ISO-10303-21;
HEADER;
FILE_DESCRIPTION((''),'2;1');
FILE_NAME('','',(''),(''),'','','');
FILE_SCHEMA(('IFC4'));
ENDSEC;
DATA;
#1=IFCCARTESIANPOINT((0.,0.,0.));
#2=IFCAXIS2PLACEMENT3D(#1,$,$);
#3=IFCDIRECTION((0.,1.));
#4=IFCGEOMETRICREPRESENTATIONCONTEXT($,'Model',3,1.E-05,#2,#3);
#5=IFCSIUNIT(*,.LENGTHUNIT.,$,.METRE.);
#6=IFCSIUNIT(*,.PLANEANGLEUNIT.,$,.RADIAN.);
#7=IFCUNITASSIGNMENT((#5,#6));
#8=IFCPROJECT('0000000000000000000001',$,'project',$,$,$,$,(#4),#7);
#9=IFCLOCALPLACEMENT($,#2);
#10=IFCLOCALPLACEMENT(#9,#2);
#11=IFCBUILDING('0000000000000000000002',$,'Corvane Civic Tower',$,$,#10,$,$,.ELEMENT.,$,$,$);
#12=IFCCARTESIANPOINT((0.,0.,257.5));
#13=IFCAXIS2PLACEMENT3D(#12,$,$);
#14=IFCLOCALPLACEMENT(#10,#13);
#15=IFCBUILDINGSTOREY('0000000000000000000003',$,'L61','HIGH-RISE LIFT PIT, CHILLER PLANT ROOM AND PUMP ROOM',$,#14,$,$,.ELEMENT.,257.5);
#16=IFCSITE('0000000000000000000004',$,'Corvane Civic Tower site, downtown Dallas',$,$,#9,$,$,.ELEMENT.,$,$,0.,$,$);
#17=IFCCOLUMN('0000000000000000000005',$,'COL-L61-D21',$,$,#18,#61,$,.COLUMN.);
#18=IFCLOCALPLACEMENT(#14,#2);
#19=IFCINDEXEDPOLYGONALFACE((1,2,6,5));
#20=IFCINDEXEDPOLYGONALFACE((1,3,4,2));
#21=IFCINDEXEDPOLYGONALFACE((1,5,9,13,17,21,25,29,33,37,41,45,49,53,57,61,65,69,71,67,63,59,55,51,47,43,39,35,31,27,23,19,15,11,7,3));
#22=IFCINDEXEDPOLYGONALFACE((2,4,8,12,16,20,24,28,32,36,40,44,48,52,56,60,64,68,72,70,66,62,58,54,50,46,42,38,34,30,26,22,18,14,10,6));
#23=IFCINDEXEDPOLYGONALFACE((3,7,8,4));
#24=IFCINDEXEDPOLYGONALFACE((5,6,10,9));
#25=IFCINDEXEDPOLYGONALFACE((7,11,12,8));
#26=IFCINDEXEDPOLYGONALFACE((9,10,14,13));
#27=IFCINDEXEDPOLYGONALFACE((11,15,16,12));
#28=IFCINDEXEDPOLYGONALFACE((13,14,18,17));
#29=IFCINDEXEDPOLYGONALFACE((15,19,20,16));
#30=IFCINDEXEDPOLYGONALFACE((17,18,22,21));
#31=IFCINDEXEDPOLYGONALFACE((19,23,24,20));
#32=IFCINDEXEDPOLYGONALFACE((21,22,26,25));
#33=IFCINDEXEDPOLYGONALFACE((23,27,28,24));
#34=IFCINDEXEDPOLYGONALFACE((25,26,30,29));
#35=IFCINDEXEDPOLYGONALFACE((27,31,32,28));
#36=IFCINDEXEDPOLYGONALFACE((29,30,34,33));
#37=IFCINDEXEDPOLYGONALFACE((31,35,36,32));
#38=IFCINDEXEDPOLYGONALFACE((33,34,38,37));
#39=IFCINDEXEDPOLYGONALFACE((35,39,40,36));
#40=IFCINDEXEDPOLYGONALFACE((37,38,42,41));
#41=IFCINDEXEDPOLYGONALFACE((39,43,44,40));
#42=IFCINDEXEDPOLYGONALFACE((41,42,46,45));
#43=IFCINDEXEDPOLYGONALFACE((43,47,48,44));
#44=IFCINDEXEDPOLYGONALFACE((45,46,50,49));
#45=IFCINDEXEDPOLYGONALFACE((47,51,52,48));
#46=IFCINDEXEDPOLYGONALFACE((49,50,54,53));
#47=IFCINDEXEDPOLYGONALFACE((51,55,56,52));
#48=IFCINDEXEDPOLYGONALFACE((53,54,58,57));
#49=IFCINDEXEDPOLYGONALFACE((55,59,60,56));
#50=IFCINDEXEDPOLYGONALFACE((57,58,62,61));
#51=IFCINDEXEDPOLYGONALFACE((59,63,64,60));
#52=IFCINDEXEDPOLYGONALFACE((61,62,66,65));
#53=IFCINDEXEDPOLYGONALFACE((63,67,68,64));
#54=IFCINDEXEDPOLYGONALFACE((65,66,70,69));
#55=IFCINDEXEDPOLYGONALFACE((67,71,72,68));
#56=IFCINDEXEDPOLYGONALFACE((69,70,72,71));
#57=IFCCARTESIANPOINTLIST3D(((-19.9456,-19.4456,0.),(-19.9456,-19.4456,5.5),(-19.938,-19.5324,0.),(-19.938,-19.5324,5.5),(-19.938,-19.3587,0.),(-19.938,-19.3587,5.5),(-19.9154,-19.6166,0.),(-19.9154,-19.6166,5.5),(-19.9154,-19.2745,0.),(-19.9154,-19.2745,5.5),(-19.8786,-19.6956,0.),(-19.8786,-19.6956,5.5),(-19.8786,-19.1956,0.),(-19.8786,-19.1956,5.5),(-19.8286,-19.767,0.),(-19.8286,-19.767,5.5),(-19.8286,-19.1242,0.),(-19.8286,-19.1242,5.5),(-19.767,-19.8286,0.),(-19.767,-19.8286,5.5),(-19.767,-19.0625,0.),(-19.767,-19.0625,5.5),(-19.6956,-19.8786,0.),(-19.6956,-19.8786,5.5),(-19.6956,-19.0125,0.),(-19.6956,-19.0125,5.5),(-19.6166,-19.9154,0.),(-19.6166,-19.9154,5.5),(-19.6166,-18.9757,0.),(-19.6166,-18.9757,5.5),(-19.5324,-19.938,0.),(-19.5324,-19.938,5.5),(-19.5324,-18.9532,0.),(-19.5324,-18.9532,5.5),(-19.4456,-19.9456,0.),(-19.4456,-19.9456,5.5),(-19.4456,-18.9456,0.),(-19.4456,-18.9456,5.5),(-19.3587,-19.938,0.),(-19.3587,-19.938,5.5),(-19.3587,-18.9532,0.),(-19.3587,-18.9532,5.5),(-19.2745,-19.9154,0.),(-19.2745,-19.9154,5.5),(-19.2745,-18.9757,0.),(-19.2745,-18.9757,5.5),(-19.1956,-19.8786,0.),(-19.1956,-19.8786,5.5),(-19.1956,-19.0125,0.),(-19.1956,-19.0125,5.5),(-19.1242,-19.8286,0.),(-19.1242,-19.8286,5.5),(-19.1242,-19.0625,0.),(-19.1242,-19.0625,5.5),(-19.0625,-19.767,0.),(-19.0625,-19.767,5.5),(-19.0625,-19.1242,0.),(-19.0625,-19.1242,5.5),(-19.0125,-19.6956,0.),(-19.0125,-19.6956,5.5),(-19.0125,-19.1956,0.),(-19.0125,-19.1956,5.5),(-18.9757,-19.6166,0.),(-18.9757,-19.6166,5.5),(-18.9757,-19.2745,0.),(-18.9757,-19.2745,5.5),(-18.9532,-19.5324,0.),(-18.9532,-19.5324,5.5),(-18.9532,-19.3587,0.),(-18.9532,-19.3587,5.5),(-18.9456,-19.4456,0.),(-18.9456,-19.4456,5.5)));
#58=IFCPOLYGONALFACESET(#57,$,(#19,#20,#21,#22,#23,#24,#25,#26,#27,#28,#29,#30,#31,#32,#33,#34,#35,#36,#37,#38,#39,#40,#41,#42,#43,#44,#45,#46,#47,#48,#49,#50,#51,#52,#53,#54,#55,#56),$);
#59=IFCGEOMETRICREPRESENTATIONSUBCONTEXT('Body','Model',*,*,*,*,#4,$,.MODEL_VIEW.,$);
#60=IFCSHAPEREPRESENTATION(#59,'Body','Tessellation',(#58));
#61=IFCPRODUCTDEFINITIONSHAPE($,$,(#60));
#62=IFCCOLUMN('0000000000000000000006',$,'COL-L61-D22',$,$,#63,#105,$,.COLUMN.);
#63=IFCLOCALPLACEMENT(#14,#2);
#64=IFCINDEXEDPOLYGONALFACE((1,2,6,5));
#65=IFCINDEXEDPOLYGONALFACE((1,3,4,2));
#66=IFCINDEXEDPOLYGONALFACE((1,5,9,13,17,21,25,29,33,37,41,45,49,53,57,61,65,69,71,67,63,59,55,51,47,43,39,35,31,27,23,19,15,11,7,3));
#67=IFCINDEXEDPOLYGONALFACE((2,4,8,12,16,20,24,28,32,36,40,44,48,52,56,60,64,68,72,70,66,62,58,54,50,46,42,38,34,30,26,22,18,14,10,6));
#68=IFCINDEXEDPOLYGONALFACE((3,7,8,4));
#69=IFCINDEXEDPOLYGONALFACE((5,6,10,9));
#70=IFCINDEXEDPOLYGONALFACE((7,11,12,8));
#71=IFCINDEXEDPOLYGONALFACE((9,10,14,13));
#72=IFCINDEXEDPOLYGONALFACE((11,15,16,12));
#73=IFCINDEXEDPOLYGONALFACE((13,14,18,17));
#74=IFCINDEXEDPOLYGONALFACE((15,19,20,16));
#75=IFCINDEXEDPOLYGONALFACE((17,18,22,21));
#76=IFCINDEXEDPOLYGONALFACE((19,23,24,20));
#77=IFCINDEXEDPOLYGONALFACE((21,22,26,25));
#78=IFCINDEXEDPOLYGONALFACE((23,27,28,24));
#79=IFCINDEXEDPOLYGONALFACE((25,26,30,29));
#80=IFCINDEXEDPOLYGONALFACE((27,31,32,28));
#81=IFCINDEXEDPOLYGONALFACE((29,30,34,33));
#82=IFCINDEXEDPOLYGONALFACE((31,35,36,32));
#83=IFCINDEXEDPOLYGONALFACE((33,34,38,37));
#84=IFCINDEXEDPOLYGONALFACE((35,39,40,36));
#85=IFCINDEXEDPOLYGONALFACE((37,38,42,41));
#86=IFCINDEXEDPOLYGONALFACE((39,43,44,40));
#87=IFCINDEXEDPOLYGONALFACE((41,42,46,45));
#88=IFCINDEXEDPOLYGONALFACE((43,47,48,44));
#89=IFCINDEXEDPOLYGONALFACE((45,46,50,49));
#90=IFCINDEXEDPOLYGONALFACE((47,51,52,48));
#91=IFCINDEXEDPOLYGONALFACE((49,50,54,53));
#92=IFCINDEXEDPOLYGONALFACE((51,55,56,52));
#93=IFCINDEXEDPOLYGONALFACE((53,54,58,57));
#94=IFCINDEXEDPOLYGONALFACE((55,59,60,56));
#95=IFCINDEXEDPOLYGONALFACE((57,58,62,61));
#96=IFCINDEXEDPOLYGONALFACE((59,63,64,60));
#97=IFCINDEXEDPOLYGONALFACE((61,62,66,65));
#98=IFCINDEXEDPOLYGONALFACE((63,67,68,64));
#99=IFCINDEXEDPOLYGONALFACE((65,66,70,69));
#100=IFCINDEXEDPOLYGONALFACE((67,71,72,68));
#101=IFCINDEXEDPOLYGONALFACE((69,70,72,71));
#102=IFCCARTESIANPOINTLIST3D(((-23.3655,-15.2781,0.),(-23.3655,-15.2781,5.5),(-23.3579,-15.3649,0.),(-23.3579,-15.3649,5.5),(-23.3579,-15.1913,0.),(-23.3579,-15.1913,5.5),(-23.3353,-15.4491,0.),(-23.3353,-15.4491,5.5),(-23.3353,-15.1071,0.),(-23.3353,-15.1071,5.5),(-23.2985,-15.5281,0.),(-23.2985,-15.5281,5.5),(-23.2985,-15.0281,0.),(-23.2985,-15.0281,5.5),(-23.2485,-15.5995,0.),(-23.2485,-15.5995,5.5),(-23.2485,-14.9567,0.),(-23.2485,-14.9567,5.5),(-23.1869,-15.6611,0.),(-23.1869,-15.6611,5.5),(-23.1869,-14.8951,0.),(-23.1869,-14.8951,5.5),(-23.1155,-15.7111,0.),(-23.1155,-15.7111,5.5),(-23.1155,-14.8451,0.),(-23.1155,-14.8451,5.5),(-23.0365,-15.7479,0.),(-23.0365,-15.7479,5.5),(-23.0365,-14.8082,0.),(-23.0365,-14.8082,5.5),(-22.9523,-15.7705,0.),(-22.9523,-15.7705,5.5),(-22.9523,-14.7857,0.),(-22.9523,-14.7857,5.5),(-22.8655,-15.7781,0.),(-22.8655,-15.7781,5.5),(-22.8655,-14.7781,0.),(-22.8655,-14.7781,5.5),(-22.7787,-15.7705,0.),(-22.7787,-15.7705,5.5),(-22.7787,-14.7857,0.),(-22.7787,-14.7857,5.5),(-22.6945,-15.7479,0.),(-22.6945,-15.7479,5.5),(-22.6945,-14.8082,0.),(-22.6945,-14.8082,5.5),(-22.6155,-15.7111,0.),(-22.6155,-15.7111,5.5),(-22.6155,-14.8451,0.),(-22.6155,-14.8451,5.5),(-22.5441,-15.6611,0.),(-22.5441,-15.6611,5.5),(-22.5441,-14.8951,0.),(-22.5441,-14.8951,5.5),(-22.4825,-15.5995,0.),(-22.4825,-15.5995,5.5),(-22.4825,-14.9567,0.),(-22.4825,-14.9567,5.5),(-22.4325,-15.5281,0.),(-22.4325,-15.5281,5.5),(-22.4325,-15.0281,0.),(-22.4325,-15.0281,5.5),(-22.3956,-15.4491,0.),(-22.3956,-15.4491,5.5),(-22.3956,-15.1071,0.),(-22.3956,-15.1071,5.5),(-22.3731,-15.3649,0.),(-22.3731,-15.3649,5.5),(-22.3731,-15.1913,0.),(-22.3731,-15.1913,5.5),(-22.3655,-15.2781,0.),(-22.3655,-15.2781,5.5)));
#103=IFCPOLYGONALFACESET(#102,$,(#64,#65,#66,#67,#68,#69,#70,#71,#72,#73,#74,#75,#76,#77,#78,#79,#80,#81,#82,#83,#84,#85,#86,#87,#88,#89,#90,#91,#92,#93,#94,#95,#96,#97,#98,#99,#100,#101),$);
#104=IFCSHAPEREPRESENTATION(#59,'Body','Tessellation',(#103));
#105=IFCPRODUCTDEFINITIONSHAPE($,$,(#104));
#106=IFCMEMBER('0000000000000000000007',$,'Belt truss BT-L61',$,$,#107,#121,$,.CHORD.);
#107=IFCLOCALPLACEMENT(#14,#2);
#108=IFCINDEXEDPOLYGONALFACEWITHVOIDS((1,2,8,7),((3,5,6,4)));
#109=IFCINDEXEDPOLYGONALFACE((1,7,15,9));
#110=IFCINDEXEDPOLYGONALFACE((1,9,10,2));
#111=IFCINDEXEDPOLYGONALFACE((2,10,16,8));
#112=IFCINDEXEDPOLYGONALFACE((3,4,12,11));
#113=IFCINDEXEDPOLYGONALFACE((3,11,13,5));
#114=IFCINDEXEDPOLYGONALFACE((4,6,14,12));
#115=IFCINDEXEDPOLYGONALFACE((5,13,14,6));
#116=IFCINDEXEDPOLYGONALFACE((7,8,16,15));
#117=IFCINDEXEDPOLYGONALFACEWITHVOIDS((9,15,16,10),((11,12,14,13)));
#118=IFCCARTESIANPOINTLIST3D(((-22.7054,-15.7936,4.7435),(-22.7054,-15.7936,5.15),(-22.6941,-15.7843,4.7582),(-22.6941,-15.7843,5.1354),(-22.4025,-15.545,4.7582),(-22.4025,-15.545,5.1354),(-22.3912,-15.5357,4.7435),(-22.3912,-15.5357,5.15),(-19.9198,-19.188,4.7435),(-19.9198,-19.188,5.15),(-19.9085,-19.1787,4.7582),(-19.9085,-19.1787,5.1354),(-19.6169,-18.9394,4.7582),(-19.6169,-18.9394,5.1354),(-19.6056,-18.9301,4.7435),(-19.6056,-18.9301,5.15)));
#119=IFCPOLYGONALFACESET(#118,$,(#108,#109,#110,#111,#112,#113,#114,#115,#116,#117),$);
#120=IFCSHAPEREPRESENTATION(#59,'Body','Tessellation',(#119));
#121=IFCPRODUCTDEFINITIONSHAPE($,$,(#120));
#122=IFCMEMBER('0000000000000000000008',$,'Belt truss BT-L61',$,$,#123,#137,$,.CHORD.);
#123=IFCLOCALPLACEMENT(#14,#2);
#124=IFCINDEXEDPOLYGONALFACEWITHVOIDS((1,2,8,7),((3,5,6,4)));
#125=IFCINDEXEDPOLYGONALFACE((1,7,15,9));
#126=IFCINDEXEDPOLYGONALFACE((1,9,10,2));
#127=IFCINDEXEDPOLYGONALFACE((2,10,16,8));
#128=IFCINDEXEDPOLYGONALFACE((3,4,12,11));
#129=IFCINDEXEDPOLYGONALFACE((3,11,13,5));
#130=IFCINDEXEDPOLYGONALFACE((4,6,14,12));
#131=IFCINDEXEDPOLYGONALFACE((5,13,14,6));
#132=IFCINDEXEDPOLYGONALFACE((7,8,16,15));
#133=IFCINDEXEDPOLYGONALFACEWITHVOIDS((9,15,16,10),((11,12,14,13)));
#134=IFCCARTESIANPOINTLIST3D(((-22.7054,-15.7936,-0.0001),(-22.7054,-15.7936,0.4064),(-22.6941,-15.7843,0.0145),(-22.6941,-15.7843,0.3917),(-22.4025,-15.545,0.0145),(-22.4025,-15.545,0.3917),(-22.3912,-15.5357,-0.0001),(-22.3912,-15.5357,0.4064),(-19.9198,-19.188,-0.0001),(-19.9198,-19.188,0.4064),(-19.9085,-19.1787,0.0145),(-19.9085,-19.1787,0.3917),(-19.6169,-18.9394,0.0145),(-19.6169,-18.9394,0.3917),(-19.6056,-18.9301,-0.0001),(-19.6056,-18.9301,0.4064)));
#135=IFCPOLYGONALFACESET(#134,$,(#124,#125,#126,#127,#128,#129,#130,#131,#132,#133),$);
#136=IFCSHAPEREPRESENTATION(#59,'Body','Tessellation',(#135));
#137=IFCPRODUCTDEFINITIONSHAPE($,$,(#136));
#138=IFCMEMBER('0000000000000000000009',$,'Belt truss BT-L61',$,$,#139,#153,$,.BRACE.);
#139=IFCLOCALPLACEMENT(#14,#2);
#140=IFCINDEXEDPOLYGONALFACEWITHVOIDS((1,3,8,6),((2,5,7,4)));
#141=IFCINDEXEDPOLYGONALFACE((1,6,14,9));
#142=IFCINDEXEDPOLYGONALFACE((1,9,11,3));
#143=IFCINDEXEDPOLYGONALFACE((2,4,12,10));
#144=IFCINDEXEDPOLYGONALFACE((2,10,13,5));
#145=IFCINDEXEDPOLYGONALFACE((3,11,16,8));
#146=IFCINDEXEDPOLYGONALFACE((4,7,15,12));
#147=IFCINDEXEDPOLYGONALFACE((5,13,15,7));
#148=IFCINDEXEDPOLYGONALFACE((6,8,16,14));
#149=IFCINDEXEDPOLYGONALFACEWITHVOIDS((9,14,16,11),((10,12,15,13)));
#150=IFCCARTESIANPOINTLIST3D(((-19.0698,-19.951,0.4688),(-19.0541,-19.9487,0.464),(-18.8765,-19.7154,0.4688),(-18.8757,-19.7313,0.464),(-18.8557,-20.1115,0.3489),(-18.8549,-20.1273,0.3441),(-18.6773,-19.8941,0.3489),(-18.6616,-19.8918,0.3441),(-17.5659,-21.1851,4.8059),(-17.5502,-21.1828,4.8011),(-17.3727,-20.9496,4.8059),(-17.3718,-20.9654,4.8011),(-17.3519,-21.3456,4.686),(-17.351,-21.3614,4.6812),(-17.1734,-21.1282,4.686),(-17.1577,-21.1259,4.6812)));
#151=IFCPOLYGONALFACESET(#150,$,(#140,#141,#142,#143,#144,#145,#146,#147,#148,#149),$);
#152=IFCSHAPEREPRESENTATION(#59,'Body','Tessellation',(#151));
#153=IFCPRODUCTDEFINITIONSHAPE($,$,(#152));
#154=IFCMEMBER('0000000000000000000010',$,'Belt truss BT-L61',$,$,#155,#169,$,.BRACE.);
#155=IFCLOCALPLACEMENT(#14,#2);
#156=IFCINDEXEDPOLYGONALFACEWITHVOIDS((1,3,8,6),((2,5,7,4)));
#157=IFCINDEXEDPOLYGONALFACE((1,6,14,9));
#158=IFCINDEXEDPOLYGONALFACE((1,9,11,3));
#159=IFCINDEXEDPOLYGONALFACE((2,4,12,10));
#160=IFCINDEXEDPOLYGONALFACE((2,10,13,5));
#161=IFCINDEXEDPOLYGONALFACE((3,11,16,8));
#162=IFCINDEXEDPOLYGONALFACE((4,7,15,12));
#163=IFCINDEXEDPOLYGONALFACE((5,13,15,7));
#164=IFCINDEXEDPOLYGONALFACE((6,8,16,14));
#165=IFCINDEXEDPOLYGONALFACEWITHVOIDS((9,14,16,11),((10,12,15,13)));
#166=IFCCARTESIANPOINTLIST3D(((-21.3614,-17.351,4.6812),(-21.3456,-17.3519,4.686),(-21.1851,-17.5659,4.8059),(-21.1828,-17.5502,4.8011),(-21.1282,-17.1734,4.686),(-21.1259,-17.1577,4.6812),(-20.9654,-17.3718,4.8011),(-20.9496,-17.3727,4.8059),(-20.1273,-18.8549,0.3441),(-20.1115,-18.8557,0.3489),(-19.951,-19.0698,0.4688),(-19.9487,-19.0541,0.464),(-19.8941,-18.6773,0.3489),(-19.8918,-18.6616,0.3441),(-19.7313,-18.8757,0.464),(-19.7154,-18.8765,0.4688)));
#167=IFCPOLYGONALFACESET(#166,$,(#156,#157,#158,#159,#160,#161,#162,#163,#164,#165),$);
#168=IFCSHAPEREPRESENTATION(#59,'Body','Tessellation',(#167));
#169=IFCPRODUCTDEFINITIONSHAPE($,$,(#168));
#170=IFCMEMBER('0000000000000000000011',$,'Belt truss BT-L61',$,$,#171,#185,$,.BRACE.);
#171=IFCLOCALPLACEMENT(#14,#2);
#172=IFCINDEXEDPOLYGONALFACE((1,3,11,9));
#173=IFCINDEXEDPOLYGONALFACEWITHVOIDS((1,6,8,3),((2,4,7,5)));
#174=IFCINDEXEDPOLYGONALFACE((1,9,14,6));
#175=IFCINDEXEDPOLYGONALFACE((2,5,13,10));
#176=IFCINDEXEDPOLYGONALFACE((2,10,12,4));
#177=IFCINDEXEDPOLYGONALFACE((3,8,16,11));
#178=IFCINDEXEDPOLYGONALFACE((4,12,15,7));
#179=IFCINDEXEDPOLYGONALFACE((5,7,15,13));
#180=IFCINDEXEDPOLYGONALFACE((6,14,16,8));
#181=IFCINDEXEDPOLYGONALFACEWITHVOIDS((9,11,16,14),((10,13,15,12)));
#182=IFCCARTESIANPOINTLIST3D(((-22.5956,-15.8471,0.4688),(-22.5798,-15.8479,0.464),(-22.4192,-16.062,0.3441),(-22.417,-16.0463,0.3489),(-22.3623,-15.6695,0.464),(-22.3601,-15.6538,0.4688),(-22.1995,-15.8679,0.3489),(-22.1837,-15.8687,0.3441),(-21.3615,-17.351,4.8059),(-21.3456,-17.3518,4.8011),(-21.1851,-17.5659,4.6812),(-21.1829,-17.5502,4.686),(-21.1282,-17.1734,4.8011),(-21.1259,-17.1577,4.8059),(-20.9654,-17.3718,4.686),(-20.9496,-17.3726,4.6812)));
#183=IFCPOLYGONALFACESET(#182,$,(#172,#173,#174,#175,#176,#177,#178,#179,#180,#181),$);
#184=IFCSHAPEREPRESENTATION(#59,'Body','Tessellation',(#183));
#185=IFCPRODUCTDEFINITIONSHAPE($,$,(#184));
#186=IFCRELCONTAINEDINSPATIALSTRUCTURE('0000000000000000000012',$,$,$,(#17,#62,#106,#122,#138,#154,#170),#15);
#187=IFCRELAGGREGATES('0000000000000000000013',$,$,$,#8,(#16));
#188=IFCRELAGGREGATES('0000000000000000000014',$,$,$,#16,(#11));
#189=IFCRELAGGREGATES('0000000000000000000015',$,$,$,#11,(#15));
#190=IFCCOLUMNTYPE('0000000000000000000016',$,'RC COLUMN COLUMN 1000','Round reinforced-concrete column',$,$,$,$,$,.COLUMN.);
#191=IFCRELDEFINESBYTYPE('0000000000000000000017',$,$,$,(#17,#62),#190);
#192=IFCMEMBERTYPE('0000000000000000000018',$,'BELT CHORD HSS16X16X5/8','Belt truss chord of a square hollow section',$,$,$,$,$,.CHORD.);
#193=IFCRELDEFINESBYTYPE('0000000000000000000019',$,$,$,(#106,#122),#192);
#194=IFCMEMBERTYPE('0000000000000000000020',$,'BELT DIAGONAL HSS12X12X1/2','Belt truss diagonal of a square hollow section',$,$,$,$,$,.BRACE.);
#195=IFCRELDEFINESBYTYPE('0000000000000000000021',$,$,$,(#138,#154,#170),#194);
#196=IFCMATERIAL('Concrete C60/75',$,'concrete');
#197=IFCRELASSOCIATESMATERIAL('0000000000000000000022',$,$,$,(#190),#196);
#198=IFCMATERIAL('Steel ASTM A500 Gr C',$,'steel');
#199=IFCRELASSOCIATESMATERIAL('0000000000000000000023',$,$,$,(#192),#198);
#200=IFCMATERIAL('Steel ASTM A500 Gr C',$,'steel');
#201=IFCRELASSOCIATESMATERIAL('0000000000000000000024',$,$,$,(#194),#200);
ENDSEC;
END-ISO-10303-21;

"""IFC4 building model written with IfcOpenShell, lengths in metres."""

from ifc_helpers import new_model, si_unit, direction, frame, origin, origin_2d, place, context, subcontext, project, spatial, hollow_rectangle, circle, extrude, material, material_profile, profile_set, type_object, element, save


model = new_model("IFC4")

# Units and contexts
model_context = context("Model", 3, precision=1e-05, world=origin(), true_north=direction((0.0, 1.0)))
body_context = subcontext(model_context, "Body", "Model", "MODEL_VIEW")
ifc_project = project(units=[si_unit("LENGTHUNIT", "METRE"), si_unit("PLANEANGLEUNIT", "RADIAN")], contexts=[model_context])

# Site, building, storey
site_placement = place(None, origin())
site = spatial("IfcSite", under=ifc_project, at=site_placement, Name="Corvane Civic Tower site, downtown Dallas", CompositionType="ELEMENT", RefElevation=0.0)
building_placement = place(site_placement, origin())
building = spatial("IfcBuilding", under=site, at=building_placement, Name="Corvane Civic Tower", CompositionType="ELEMENT")
storey_placement = place(building_placement, frame((0.0, 0.0, 257.5)))
storey = spatial("IfcBuildingStorey", under=building, at=storey_placement, Name="L61", Description="HIGH-RISE LIFT PIT, CHILLER PLANT ROOM AND PUMP ROOM", CompositionType="ELEMENT", Elevation=257.5)

# Columns
ifc_material_1 = material(Name="Concrete C60/75", Category="concrete")
ifc_material_profile_1 = material_profile(ifc_material_1, circle(Radius=0.5, at=origin_2d()), Name="COLUMN 1000")
ifc_profile_set_1 = profile_set([ifc_material_profile_1], Name="Concrete C60/75")
column_type = type_object("IfcColumnType", Name="RC COLUMN COLUMN 1000", Description="Round reinforced-concrete column", PredefinedType="COLUMN", material=ifc_profile_set_1)
for number, where, z_axis, x_axis, name in (
    (1, (-19.4456, -19.4456, 0.0), (0.0, 0.0, 1.0), (1.0, 0.0, 0.0), "COL-L61-D21"),
    (2, (-22.8655, -15.2781, 0.0), (0.0, 0.0, 1.0), (1.0, 0.0, 0.0), "COL-L61-D22"),
):
    element("IfcColumn", number, at=place(storey_placement, frame(where, z_axis=z_axis, x_axis=x_axis)), inside=storey, type_object=column_type, Name=name, PredefinedType="COLUMN", context=body_context, shape_type="SweptSolid", body=[
        extrude(circle(Radius=0.5, at=origin_2d()), origin(), (0.0, 0.0, 1.0), 5.5),
    ])

# Members
ifc_material_2 = material(Name="Steel ASTM A500 Gr C", Category="steel")
ifc_material_profile_2 = material_profile(ifc_material_2, hollow_rectangle(XDim=0.4065, YDim=0.4065, WallThickness=0.0146, at=origin_2d()), Name="HSS16X16X5/8")
ifc_profile_set_2 = profile_set([ifc_material_profile_2], Name="Steel ASTM A500 Gr C")
member_type_1 = type_object("IfcMemberType", Name="BELT CHORD HSS16X16X5/8", Description="Belt truss chord of a square hollow section", PredefinedType="CHORD", material=ifc_profile_set_2)
for number, where, z_axis, x_axis, name in (
    (3, (-19.7627, -19.0591, 4.9468), (-0.634369, 0.77303, 0.0), (-0.77303, -0.634369, 0.0), "Belt truss BT-L61"),
    (4, (-19.7627, -19.0591, 0.2031), (-0.634369, 0.77303, 0.0), (-0.77303, -0.634369, 0.0), "Belt truss BT-L61"),
):
    element("IfcMember", number, at=place(storey_placement, frame(where, z_axis=z_axis, x_axis=x_axis)), inside=storey, type_object=member_type_1, Name=name, PredefinedType="CHORD", context=body_context, shape_type="SweptSolid", body=[
        extrude(hollow_rectangle(XDim=0.4065, YDim=0.4065, WallThickness=0.0146, at=origin_2d()), origin(), (0.0, 0.0, 1.0), 4.3911),
    ])
ifc_material_3 = material(Name="Steel ASTM A500 Gr C", Category="steel")
ifc_material_profile_3 = material_profile(ifc_material_3, hollow_rectangle(XDim=0.3047, YDim=0.3047, WallThickness=0.0117, at=origin_2d()), Name="HSS12X12X1/2")
ifc_profile_set_3 = profile_set([ifc_material_profile_3], Name="Steel ASTM A500 Gr C")
member_type_2 = type_object("IfcMemberType", Name="BELT DIAGONAL HSS12X12X1/2", Description="Belt truss diagonal of a square hollow section", PredefinedType="BRACE", material=ifc_profile_set_3)
for number, where, z_axis, x_axis, name in (
    (5, (-18.8657, -19.9214, 0.4065), (0.316379, -0.259626, 0.912414), (0.634365, 0.773034, 0.0), "Belt truss BT-L61"),
    (6, (-19.9214, -18.8657, 0.4065), (-0.259626, 0.316379, 0.912414), (-0.773034, -0.634365, 0.0), "Belt truss BT-L61"),
    (7, (-22.3896, -15.8579, 0.4065), (0.259626, -0.316379, 0.912414), (0.773034, 0.634365, 0.0), "Belt truss BT-L61"),
):
    element("IfcMember", number, at=place(storey_placement, frame(where, z_axis=z_axis, x_axis=x_axis)), inside=storey, type_object=member_type_2, Name=name, PredefinedType="BRACE", context=body_context, shape_type="SweptSolid", body=[
        extrude(hollow_rectangle(XDim=0.3047, YDim=0.3047, WallThickness=0.0117, at=origin_2d()), origin(), (0.0, 0.0, 1.0), 4.7534),
    ])

save(model, "model.ifc")
